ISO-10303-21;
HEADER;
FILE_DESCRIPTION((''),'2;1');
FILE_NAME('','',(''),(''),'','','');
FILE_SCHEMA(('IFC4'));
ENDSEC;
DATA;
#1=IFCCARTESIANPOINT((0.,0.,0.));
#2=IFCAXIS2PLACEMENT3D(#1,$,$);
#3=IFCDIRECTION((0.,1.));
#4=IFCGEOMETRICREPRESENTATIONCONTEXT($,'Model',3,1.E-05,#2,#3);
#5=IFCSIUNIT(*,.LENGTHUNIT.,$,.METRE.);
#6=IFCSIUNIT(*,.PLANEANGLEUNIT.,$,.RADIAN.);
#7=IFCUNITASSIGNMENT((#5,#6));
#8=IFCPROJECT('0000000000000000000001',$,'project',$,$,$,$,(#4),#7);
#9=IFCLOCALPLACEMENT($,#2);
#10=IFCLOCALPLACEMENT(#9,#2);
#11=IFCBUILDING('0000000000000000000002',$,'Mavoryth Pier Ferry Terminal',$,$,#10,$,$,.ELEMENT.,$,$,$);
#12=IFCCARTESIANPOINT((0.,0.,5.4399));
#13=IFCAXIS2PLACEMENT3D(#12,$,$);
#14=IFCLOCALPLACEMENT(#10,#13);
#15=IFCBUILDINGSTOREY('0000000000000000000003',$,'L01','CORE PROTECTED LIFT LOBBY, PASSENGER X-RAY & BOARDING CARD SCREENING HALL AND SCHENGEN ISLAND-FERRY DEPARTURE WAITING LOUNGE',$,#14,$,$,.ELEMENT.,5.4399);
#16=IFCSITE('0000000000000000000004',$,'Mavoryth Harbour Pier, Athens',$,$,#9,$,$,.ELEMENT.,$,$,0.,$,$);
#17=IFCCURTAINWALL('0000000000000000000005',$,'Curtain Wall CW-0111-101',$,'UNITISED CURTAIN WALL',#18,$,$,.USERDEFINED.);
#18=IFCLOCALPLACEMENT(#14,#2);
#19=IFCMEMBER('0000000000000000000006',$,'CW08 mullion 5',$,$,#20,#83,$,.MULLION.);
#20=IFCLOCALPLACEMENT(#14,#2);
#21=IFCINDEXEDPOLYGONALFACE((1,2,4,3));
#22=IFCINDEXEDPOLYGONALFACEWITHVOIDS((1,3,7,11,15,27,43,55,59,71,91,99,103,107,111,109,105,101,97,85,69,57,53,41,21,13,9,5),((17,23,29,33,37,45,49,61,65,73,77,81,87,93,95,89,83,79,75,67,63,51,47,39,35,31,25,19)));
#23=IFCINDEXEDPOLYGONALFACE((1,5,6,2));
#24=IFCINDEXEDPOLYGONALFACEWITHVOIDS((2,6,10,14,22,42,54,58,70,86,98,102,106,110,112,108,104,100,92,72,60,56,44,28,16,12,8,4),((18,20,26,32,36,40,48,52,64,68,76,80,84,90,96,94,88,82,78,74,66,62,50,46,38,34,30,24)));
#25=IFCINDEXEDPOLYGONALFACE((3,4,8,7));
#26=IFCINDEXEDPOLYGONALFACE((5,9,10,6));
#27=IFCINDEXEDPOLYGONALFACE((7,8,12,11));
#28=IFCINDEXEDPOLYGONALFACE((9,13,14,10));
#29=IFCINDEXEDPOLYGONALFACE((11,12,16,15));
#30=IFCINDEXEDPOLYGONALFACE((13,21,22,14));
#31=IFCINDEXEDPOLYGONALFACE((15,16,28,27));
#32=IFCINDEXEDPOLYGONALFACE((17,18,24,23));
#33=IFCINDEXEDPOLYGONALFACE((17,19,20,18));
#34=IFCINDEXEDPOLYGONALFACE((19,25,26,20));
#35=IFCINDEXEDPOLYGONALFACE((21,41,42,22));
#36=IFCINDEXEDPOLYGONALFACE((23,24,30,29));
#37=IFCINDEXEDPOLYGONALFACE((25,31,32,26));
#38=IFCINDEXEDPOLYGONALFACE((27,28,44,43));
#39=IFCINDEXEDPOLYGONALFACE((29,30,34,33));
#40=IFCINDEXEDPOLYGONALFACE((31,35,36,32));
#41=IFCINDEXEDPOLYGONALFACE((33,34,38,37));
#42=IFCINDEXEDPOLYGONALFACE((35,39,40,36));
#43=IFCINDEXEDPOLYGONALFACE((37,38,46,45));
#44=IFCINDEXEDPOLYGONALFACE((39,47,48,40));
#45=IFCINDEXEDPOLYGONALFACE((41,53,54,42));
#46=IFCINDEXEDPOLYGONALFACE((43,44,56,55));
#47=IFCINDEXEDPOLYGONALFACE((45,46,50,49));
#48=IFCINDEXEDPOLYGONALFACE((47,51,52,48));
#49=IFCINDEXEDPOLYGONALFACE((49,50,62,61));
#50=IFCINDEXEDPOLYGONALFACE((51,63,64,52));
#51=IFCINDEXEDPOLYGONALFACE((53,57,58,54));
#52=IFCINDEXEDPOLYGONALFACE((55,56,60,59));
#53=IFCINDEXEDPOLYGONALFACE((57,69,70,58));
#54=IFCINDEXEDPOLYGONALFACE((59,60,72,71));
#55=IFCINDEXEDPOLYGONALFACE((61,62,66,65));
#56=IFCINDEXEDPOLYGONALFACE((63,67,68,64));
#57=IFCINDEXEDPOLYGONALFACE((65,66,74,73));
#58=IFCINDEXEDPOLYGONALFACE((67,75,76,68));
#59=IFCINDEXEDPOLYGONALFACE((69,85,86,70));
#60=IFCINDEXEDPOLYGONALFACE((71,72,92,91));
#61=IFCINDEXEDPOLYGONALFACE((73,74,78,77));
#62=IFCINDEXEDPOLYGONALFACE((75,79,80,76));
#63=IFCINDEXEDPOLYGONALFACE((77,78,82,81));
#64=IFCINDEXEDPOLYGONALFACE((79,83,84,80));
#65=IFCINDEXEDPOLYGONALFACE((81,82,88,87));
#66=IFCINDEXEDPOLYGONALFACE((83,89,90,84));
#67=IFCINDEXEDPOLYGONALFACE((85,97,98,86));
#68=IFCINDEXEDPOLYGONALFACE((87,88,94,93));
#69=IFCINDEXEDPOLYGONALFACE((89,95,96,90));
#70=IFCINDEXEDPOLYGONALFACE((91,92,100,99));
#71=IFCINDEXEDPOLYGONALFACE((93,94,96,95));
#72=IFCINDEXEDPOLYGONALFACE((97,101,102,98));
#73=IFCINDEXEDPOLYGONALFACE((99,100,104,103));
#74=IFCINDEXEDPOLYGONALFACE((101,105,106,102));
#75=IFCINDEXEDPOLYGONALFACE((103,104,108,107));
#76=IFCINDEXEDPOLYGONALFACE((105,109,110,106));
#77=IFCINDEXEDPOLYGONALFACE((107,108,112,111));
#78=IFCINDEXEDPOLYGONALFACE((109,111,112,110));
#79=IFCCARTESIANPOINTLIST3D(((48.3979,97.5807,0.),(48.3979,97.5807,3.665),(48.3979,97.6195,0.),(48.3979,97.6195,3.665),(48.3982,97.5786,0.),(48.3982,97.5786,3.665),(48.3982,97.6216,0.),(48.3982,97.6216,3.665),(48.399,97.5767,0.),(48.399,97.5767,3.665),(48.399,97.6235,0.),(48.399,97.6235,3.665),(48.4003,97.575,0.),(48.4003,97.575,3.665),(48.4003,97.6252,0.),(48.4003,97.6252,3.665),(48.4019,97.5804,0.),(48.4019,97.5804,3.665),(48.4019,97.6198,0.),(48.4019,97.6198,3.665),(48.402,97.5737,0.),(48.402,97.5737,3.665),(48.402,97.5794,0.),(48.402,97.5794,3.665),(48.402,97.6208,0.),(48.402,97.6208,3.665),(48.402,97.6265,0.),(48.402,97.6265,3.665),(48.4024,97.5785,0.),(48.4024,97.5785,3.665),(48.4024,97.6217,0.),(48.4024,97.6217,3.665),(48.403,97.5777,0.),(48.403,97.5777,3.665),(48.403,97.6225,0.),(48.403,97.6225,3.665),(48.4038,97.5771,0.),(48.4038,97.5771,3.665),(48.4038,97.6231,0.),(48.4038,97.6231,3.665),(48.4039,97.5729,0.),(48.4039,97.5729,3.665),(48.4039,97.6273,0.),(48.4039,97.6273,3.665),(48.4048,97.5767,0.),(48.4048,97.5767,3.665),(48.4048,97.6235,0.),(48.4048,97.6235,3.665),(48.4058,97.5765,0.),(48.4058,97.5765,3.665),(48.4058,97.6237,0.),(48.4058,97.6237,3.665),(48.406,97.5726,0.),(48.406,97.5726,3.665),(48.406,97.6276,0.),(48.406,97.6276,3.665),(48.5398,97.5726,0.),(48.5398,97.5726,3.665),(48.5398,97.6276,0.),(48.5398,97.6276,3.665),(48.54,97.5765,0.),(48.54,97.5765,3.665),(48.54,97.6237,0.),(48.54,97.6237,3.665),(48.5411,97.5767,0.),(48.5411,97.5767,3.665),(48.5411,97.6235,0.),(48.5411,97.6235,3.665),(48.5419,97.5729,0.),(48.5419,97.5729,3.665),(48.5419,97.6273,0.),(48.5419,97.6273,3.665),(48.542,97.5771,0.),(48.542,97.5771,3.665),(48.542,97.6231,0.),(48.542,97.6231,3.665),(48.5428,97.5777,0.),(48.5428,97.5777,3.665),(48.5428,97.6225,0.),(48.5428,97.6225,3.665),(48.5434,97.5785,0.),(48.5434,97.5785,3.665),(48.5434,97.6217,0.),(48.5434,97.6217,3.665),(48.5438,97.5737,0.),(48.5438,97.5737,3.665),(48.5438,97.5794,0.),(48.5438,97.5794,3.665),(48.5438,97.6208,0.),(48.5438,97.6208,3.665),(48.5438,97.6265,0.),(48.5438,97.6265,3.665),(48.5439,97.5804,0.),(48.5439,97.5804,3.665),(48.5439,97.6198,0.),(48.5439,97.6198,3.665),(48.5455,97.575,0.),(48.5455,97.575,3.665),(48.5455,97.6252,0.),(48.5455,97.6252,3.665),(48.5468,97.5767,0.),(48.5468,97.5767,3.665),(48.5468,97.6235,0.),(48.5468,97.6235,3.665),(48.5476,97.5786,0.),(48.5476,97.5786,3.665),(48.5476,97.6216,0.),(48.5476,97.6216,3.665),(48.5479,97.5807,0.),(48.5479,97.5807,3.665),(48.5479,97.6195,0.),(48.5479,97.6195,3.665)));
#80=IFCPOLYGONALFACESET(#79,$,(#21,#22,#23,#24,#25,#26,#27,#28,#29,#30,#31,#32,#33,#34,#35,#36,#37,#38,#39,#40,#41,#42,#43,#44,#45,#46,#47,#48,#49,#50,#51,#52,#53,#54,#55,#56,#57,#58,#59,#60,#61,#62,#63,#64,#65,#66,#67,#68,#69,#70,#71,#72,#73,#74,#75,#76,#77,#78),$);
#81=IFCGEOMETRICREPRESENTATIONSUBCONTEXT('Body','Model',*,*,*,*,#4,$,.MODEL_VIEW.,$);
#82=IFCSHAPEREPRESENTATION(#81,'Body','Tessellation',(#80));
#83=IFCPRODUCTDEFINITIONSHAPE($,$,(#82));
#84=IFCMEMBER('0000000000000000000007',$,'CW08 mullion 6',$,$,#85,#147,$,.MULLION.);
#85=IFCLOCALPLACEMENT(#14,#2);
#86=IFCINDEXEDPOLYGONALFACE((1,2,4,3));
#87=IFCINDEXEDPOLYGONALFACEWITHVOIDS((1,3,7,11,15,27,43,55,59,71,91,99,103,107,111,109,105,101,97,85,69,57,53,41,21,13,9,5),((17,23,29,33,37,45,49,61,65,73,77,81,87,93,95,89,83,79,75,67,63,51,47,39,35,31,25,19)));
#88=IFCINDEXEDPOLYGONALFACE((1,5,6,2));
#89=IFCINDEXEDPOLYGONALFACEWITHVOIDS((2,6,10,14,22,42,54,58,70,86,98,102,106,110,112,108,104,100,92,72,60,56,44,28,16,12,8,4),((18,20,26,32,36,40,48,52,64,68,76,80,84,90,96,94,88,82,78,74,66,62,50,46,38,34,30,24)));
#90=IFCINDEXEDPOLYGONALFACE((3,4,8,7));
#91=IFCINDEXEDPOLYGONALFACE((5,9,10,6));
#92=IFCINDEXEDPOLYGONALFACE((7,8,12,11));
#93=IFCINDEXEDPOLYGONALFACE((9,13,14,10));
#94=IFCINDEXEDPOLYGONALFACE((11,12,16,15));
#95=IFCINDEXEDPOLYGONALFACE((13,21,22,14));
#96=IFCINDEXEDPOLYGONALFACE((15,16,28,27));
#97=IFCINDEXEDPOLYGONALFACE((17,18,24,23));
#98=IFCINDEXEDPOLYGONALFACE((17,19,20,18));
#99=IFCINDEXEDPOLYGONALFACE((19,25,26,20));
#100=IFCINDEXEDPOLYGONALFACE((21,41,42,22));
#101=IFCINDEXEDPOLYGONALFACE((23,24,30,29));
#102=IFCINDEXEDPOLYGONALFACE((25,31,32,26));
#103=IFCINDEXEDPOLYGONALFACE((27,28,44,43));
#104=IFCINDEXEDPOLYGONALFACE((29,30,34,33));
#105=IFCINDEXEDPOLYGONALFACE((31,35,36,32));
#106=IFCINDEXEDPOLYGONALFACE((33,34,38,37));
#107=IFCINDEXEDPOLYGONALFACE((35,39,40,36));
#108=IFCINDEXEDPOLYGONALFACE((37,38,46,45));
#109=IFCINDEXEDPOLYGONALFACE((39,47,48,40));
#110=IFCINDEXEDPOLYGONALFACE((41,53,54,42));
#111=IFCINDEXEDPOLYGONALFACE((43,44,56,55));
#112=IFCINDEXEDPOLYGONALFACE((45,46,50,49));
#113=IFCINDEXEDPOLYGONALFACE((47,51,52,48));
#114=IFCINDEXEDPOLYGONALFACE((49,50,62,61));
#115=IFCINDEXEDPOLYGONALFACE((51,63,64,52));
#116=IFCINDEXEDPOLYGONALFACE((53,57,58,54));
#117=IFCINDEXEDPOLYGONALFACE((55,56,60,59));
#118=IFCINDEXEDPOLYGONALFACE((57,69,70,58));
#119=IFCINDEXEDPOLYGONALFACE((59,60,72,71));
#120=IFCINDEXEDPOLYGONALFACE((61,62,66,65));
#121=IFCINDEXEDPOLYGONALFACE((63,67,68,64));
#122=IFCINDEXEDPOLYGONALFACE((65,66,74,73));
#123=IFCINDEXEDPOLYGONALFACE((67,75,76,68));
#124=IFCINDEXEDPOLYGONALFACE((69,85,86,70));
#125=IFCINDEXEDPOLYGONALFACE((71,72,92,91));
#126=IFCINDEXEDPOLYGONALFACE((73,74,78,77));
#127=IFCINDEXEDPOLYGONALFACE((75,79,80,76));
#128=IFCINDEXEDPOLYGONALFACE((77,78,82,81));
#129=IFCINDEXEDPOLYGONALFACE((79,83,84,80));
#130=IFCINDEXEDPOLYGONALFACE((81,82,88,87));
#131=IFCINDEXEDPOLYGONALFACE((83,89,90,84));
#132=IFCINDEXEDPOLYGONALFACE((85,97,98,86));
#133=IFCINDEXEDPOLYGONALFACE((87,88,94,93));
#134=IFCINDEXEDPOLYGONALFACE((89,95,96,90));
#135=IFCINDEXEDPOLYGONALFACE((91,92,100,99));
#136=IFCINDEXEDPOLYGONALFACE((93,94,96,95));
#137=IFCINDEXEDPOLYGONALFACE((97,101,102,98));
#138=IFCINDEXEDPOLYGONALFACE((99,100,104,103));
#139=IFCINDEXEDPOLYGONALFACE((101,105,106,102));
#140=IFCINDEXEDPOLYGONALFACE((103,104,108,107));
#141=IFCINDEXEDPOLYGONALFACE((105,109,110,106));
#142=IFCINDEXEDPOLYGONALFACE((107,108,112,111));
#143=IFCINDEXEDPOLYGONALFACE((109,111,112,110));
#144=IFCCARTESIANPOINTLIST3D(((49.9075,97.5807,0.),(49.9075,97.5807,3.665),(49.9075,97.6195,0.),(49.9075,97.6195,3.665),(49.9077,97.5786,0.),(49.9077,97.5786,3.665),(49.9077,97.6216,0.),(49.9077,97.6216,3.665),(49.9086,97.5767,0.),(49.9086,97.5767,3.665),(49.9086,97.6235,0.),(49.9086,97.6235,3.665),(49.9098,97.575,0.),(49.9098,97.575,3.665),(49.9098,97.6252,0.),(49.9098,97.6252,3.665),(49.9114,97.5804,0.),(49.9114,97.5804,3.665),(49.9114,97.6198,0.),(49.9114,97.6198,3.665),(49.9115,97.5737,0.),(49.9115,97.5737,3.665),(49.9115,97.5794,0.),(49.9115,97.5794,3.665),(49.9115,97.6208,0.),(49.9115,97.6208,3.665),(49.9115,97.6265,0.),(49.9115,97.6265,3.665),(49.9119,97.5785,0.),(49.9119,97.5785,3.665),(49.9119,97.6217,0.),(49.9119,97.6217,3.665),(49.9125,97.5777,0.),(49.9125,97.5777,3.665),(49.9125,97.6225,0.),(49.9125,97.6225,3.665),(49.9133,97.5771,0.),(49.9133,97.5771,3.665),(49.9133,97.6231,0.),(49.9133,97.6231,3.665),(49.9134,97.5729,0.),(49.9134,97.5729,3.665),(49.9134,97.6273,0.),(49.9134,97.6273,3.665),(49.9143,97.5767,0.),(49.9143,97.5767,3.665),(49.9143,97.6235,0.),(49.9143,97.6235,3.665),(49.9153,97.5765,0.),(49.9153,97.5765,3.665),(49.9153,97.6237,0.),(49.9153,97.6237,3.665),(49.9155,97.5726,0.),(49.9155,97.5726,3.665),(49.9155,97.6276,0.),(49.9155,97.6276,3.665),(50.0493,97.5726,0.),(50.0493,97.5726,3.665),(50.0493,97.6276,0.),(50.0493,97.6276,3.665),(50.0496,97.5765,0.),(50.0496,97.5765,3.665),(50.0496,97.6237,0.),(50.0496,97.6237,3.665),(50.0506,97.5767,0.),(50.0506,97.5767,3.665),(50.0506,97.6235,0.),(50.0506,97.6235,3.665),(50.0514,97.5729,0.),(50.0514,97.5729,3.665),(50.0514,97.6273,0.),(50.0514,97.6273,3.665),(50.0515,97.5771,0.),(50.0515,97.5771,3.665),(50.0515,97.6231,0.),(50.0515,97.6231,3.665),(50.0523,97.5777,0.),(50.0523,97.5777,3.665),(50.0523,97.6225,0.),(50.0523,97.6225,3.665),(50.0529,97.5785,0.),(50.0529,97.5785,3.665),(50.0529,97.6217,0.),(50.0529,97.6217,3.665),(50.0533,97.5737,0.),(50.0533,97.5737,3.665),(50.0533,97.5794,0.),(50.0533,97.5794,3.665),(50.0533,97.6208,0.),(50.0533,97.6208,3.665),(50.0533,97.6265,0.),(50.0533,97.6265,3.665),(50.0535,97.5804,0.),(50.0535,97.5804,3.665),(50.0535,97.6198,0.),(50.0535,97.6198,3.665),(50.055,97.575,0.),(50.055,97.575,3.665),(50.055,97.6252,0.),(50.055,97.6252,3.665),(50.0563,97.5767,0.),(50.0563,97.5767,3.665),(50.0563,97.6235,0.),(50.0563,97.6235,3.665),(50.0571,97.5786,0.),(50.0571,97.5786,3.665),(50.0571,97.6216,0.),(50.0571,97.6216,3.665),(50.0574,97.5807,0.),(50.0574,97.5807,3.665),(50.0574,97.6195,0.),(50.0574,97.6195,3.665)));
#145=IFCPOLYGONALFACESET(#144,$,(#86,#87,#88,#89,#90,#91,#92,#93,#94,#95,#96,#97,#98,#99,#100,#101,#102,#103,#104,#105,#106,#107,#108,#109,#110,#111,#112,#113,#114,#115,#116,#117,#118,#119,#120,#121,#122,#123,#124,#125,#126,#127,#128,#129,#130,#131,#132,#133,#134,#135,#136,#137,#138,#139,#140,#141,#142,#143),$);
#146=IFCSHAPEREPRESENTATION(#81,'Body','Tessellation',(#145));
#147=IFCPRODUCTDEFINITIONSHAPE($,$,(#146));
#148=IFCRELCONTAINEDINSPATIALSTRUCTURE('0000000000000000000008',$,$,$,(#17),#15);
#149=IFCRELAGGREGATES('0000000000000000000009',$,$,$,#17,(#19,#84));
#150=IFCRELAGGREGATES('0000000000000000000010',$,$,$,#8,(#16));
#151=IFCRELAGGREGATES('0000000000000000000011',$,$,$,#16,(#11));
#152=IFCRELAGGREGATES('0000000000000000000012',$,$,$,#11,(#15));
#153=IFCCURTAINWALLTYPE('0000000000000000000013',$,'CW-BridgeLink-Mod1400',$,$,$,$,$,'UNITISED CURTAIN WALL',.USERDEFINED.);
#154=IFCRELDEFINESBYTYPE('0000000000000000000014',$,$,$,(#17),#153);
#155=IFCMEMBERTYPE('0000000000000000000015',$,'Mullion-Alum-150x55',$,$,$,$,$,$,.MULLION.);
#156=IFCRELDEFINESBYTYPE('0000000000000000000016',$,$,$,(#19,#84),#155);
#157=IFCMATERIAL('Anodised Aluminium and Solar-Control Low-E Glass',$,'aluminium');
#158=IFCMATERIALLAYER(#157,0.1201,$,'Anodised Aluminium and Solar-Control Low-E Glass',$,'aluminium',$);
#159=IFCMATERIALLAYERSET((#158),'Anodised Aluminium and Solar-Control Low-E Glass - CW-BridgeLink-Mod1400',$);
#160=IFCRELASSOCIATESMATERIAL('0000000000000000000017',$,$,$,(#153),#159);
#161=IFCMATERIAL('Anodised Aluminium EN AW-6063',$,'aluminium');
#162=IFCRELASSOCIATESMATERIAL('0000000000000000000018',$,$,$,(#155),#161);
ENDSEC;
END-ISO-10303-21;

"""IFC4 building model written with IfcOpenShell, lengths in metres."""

from ifc_helpers import new_model, si_unit, direction, frame, origin, origin_2d, place, context, subcontext, project, spatial, hollow_rectangle, extrude, material, layer, layer_set, material_profile, profile_set, type_object, element, aggregate, save


model = new_model("IFC4")

# Units and contexts
model_context = context("Model", 3, precision=1e-05, world=origin(), true_north=direction((0.0, 1.0)))
body_context = subcontext(model_context, "Body", "Model", "MODEL_VIEW")
ifc_project = project(units=[si_unit("LENGTHUNIT", "METRE"), si_unit("PLANEANGLEUNIT", "RADIAN")], contexts=[model_context])

# Site, building, storey
site_placement = place(None, origin())
site = spatial("IfcSite", under=ifc_project, at=site_placement, Name="Mavoryth Harbour Pier, Athens", CompositionType="ELEMENT", RefElevation=0.0)
building_placement = place(site_placement, origin())
building = spatial("IfcBuilding", under=site, at=building_placement, Name="Mavoryth Pier Ferry Terminal", CompositionType="ELEMENT")
storey_placement = place(building_placement, frame((0.0, 0.0, 5.4399)))
storey = spatial("IfcBuildingStorey", under=building, at=storey_placement, Name="L01", Description="CORE PROTECTED LIFT LOBBY, PASSENGER X-RAY & BOARDING CARD SCREENING HALL AND SCHENGEN ISLAND-FERRY DEPARTURE WAITING LOUNGE", CompositionType="ELEMENT", Elevation=5.4399)

# Curtain wall, members
ifc_material_1 = material(Name="Anodised Aluminium and Solar-Control Low-E Glass", Category="aluminium")
ifc_layer_1 = layer(ifc_material_1, 0.1201, Name="Anodised Aluminium and Solar-Control Low-E Glass", Category="aluminium")
ifc_layer_set_1 = layer_set([ifc_layer_1], Name="Anodised Aluminium and Solar-Control Low-E Glass - CW-BridgeLink-Mod1400")
curtain_wall_type_1 = type_object("IfcCurtainWallType", Name="CW-BridgeLink-Mod1400", ElementType="UNITISED CURTAIN WALL", PredefinedType="USERDEFINED", material=ifc_layer_set_1)
curtain_wall_1_placement = place(storey_placement, origin())
curtain_wall_1 = element("IfcCurtainWall", 1, at=curtain_wall_1_placement, inside=storey, type_object=curtain_wall_type_1, Name="Curtain Wall CW-0111-101", ObjectType="UNITISED CURTAIN WALL", PredefinedType="USERDEFINED")
ifc_material_2 = material(Name="Anodised Aluminium EN AW-6063", Category="aluminium")
ifc_material_profile_1 = material_profile(ifc_material_2, hollow_rectangle(XDim=0.0549, YDim=0.1499, WallThickness=0.0039, InnerFilletRadius=0.0039, OuterFilletRadius=0.0081, at=origin_2d()), Name="AL-MULL 150x55x4", Category="aluminium")
ifc_profile_set_1 = profile_set([ifc_material_profile_1], Name="Anodised Aluminium EN AW-6063 - AL-MULL 150x55x4")
member_type_1 = type_object("IfcMemberType", Name="Mullion-Alum-150x55", PredefinedType="MULLION", material=ifc_profile_set_1)
member_1_placement = place(storey_placement, frame((48.4729, 97.6001, 0.0), z_axis=(0.0, 0.0, 1.0), x_axis=(0.0, 1.0, 0.0)))
member_1 = element("IfcMember", 2, at=member_1_placement, type_object=member_type_1, Name="CW08 mullion 5", PredefinedType="MULLION", context=body_context, shape_type="SweptSolid", body=[
    extrude(hollow_rectangle(XDim=0.0549, YDim=0.1499, WallThickness=0.0039, InnerFilletRadius=0.0039, OuterFilletRadius=0.0081, at=origin_2d()), origin(), (0.0, 0.0, 1.0), 3.665),
])
member_2_placement = place(storey_placement, frame((49.9824, 97.6001, 0.0), z_axis=(0.0, 0.0, 1.0), x_axis=(0.0, 1.0, 0.0)))
member_2 = element("IfcMember", 3, at=member_2_placement, type_object=member_type_1, Name="CW08 mullion 6", PredefinedType="MULLION", context=body_context, shape_type="SweptSolid", body=[
    extrude(hollow_rectangle(XDim=0.0549, YDim=0.1499, WallThickness=0.0039, InnerFilletRadius=0.0039, OuterFilletRadius=0.0081, at=origin_2d()), origin(), (0.0, 0.0, 1.0), 3.665),
])

aggregate(curtain_wall_1, [member_1, member_2])

save(model, "model.ifc")
